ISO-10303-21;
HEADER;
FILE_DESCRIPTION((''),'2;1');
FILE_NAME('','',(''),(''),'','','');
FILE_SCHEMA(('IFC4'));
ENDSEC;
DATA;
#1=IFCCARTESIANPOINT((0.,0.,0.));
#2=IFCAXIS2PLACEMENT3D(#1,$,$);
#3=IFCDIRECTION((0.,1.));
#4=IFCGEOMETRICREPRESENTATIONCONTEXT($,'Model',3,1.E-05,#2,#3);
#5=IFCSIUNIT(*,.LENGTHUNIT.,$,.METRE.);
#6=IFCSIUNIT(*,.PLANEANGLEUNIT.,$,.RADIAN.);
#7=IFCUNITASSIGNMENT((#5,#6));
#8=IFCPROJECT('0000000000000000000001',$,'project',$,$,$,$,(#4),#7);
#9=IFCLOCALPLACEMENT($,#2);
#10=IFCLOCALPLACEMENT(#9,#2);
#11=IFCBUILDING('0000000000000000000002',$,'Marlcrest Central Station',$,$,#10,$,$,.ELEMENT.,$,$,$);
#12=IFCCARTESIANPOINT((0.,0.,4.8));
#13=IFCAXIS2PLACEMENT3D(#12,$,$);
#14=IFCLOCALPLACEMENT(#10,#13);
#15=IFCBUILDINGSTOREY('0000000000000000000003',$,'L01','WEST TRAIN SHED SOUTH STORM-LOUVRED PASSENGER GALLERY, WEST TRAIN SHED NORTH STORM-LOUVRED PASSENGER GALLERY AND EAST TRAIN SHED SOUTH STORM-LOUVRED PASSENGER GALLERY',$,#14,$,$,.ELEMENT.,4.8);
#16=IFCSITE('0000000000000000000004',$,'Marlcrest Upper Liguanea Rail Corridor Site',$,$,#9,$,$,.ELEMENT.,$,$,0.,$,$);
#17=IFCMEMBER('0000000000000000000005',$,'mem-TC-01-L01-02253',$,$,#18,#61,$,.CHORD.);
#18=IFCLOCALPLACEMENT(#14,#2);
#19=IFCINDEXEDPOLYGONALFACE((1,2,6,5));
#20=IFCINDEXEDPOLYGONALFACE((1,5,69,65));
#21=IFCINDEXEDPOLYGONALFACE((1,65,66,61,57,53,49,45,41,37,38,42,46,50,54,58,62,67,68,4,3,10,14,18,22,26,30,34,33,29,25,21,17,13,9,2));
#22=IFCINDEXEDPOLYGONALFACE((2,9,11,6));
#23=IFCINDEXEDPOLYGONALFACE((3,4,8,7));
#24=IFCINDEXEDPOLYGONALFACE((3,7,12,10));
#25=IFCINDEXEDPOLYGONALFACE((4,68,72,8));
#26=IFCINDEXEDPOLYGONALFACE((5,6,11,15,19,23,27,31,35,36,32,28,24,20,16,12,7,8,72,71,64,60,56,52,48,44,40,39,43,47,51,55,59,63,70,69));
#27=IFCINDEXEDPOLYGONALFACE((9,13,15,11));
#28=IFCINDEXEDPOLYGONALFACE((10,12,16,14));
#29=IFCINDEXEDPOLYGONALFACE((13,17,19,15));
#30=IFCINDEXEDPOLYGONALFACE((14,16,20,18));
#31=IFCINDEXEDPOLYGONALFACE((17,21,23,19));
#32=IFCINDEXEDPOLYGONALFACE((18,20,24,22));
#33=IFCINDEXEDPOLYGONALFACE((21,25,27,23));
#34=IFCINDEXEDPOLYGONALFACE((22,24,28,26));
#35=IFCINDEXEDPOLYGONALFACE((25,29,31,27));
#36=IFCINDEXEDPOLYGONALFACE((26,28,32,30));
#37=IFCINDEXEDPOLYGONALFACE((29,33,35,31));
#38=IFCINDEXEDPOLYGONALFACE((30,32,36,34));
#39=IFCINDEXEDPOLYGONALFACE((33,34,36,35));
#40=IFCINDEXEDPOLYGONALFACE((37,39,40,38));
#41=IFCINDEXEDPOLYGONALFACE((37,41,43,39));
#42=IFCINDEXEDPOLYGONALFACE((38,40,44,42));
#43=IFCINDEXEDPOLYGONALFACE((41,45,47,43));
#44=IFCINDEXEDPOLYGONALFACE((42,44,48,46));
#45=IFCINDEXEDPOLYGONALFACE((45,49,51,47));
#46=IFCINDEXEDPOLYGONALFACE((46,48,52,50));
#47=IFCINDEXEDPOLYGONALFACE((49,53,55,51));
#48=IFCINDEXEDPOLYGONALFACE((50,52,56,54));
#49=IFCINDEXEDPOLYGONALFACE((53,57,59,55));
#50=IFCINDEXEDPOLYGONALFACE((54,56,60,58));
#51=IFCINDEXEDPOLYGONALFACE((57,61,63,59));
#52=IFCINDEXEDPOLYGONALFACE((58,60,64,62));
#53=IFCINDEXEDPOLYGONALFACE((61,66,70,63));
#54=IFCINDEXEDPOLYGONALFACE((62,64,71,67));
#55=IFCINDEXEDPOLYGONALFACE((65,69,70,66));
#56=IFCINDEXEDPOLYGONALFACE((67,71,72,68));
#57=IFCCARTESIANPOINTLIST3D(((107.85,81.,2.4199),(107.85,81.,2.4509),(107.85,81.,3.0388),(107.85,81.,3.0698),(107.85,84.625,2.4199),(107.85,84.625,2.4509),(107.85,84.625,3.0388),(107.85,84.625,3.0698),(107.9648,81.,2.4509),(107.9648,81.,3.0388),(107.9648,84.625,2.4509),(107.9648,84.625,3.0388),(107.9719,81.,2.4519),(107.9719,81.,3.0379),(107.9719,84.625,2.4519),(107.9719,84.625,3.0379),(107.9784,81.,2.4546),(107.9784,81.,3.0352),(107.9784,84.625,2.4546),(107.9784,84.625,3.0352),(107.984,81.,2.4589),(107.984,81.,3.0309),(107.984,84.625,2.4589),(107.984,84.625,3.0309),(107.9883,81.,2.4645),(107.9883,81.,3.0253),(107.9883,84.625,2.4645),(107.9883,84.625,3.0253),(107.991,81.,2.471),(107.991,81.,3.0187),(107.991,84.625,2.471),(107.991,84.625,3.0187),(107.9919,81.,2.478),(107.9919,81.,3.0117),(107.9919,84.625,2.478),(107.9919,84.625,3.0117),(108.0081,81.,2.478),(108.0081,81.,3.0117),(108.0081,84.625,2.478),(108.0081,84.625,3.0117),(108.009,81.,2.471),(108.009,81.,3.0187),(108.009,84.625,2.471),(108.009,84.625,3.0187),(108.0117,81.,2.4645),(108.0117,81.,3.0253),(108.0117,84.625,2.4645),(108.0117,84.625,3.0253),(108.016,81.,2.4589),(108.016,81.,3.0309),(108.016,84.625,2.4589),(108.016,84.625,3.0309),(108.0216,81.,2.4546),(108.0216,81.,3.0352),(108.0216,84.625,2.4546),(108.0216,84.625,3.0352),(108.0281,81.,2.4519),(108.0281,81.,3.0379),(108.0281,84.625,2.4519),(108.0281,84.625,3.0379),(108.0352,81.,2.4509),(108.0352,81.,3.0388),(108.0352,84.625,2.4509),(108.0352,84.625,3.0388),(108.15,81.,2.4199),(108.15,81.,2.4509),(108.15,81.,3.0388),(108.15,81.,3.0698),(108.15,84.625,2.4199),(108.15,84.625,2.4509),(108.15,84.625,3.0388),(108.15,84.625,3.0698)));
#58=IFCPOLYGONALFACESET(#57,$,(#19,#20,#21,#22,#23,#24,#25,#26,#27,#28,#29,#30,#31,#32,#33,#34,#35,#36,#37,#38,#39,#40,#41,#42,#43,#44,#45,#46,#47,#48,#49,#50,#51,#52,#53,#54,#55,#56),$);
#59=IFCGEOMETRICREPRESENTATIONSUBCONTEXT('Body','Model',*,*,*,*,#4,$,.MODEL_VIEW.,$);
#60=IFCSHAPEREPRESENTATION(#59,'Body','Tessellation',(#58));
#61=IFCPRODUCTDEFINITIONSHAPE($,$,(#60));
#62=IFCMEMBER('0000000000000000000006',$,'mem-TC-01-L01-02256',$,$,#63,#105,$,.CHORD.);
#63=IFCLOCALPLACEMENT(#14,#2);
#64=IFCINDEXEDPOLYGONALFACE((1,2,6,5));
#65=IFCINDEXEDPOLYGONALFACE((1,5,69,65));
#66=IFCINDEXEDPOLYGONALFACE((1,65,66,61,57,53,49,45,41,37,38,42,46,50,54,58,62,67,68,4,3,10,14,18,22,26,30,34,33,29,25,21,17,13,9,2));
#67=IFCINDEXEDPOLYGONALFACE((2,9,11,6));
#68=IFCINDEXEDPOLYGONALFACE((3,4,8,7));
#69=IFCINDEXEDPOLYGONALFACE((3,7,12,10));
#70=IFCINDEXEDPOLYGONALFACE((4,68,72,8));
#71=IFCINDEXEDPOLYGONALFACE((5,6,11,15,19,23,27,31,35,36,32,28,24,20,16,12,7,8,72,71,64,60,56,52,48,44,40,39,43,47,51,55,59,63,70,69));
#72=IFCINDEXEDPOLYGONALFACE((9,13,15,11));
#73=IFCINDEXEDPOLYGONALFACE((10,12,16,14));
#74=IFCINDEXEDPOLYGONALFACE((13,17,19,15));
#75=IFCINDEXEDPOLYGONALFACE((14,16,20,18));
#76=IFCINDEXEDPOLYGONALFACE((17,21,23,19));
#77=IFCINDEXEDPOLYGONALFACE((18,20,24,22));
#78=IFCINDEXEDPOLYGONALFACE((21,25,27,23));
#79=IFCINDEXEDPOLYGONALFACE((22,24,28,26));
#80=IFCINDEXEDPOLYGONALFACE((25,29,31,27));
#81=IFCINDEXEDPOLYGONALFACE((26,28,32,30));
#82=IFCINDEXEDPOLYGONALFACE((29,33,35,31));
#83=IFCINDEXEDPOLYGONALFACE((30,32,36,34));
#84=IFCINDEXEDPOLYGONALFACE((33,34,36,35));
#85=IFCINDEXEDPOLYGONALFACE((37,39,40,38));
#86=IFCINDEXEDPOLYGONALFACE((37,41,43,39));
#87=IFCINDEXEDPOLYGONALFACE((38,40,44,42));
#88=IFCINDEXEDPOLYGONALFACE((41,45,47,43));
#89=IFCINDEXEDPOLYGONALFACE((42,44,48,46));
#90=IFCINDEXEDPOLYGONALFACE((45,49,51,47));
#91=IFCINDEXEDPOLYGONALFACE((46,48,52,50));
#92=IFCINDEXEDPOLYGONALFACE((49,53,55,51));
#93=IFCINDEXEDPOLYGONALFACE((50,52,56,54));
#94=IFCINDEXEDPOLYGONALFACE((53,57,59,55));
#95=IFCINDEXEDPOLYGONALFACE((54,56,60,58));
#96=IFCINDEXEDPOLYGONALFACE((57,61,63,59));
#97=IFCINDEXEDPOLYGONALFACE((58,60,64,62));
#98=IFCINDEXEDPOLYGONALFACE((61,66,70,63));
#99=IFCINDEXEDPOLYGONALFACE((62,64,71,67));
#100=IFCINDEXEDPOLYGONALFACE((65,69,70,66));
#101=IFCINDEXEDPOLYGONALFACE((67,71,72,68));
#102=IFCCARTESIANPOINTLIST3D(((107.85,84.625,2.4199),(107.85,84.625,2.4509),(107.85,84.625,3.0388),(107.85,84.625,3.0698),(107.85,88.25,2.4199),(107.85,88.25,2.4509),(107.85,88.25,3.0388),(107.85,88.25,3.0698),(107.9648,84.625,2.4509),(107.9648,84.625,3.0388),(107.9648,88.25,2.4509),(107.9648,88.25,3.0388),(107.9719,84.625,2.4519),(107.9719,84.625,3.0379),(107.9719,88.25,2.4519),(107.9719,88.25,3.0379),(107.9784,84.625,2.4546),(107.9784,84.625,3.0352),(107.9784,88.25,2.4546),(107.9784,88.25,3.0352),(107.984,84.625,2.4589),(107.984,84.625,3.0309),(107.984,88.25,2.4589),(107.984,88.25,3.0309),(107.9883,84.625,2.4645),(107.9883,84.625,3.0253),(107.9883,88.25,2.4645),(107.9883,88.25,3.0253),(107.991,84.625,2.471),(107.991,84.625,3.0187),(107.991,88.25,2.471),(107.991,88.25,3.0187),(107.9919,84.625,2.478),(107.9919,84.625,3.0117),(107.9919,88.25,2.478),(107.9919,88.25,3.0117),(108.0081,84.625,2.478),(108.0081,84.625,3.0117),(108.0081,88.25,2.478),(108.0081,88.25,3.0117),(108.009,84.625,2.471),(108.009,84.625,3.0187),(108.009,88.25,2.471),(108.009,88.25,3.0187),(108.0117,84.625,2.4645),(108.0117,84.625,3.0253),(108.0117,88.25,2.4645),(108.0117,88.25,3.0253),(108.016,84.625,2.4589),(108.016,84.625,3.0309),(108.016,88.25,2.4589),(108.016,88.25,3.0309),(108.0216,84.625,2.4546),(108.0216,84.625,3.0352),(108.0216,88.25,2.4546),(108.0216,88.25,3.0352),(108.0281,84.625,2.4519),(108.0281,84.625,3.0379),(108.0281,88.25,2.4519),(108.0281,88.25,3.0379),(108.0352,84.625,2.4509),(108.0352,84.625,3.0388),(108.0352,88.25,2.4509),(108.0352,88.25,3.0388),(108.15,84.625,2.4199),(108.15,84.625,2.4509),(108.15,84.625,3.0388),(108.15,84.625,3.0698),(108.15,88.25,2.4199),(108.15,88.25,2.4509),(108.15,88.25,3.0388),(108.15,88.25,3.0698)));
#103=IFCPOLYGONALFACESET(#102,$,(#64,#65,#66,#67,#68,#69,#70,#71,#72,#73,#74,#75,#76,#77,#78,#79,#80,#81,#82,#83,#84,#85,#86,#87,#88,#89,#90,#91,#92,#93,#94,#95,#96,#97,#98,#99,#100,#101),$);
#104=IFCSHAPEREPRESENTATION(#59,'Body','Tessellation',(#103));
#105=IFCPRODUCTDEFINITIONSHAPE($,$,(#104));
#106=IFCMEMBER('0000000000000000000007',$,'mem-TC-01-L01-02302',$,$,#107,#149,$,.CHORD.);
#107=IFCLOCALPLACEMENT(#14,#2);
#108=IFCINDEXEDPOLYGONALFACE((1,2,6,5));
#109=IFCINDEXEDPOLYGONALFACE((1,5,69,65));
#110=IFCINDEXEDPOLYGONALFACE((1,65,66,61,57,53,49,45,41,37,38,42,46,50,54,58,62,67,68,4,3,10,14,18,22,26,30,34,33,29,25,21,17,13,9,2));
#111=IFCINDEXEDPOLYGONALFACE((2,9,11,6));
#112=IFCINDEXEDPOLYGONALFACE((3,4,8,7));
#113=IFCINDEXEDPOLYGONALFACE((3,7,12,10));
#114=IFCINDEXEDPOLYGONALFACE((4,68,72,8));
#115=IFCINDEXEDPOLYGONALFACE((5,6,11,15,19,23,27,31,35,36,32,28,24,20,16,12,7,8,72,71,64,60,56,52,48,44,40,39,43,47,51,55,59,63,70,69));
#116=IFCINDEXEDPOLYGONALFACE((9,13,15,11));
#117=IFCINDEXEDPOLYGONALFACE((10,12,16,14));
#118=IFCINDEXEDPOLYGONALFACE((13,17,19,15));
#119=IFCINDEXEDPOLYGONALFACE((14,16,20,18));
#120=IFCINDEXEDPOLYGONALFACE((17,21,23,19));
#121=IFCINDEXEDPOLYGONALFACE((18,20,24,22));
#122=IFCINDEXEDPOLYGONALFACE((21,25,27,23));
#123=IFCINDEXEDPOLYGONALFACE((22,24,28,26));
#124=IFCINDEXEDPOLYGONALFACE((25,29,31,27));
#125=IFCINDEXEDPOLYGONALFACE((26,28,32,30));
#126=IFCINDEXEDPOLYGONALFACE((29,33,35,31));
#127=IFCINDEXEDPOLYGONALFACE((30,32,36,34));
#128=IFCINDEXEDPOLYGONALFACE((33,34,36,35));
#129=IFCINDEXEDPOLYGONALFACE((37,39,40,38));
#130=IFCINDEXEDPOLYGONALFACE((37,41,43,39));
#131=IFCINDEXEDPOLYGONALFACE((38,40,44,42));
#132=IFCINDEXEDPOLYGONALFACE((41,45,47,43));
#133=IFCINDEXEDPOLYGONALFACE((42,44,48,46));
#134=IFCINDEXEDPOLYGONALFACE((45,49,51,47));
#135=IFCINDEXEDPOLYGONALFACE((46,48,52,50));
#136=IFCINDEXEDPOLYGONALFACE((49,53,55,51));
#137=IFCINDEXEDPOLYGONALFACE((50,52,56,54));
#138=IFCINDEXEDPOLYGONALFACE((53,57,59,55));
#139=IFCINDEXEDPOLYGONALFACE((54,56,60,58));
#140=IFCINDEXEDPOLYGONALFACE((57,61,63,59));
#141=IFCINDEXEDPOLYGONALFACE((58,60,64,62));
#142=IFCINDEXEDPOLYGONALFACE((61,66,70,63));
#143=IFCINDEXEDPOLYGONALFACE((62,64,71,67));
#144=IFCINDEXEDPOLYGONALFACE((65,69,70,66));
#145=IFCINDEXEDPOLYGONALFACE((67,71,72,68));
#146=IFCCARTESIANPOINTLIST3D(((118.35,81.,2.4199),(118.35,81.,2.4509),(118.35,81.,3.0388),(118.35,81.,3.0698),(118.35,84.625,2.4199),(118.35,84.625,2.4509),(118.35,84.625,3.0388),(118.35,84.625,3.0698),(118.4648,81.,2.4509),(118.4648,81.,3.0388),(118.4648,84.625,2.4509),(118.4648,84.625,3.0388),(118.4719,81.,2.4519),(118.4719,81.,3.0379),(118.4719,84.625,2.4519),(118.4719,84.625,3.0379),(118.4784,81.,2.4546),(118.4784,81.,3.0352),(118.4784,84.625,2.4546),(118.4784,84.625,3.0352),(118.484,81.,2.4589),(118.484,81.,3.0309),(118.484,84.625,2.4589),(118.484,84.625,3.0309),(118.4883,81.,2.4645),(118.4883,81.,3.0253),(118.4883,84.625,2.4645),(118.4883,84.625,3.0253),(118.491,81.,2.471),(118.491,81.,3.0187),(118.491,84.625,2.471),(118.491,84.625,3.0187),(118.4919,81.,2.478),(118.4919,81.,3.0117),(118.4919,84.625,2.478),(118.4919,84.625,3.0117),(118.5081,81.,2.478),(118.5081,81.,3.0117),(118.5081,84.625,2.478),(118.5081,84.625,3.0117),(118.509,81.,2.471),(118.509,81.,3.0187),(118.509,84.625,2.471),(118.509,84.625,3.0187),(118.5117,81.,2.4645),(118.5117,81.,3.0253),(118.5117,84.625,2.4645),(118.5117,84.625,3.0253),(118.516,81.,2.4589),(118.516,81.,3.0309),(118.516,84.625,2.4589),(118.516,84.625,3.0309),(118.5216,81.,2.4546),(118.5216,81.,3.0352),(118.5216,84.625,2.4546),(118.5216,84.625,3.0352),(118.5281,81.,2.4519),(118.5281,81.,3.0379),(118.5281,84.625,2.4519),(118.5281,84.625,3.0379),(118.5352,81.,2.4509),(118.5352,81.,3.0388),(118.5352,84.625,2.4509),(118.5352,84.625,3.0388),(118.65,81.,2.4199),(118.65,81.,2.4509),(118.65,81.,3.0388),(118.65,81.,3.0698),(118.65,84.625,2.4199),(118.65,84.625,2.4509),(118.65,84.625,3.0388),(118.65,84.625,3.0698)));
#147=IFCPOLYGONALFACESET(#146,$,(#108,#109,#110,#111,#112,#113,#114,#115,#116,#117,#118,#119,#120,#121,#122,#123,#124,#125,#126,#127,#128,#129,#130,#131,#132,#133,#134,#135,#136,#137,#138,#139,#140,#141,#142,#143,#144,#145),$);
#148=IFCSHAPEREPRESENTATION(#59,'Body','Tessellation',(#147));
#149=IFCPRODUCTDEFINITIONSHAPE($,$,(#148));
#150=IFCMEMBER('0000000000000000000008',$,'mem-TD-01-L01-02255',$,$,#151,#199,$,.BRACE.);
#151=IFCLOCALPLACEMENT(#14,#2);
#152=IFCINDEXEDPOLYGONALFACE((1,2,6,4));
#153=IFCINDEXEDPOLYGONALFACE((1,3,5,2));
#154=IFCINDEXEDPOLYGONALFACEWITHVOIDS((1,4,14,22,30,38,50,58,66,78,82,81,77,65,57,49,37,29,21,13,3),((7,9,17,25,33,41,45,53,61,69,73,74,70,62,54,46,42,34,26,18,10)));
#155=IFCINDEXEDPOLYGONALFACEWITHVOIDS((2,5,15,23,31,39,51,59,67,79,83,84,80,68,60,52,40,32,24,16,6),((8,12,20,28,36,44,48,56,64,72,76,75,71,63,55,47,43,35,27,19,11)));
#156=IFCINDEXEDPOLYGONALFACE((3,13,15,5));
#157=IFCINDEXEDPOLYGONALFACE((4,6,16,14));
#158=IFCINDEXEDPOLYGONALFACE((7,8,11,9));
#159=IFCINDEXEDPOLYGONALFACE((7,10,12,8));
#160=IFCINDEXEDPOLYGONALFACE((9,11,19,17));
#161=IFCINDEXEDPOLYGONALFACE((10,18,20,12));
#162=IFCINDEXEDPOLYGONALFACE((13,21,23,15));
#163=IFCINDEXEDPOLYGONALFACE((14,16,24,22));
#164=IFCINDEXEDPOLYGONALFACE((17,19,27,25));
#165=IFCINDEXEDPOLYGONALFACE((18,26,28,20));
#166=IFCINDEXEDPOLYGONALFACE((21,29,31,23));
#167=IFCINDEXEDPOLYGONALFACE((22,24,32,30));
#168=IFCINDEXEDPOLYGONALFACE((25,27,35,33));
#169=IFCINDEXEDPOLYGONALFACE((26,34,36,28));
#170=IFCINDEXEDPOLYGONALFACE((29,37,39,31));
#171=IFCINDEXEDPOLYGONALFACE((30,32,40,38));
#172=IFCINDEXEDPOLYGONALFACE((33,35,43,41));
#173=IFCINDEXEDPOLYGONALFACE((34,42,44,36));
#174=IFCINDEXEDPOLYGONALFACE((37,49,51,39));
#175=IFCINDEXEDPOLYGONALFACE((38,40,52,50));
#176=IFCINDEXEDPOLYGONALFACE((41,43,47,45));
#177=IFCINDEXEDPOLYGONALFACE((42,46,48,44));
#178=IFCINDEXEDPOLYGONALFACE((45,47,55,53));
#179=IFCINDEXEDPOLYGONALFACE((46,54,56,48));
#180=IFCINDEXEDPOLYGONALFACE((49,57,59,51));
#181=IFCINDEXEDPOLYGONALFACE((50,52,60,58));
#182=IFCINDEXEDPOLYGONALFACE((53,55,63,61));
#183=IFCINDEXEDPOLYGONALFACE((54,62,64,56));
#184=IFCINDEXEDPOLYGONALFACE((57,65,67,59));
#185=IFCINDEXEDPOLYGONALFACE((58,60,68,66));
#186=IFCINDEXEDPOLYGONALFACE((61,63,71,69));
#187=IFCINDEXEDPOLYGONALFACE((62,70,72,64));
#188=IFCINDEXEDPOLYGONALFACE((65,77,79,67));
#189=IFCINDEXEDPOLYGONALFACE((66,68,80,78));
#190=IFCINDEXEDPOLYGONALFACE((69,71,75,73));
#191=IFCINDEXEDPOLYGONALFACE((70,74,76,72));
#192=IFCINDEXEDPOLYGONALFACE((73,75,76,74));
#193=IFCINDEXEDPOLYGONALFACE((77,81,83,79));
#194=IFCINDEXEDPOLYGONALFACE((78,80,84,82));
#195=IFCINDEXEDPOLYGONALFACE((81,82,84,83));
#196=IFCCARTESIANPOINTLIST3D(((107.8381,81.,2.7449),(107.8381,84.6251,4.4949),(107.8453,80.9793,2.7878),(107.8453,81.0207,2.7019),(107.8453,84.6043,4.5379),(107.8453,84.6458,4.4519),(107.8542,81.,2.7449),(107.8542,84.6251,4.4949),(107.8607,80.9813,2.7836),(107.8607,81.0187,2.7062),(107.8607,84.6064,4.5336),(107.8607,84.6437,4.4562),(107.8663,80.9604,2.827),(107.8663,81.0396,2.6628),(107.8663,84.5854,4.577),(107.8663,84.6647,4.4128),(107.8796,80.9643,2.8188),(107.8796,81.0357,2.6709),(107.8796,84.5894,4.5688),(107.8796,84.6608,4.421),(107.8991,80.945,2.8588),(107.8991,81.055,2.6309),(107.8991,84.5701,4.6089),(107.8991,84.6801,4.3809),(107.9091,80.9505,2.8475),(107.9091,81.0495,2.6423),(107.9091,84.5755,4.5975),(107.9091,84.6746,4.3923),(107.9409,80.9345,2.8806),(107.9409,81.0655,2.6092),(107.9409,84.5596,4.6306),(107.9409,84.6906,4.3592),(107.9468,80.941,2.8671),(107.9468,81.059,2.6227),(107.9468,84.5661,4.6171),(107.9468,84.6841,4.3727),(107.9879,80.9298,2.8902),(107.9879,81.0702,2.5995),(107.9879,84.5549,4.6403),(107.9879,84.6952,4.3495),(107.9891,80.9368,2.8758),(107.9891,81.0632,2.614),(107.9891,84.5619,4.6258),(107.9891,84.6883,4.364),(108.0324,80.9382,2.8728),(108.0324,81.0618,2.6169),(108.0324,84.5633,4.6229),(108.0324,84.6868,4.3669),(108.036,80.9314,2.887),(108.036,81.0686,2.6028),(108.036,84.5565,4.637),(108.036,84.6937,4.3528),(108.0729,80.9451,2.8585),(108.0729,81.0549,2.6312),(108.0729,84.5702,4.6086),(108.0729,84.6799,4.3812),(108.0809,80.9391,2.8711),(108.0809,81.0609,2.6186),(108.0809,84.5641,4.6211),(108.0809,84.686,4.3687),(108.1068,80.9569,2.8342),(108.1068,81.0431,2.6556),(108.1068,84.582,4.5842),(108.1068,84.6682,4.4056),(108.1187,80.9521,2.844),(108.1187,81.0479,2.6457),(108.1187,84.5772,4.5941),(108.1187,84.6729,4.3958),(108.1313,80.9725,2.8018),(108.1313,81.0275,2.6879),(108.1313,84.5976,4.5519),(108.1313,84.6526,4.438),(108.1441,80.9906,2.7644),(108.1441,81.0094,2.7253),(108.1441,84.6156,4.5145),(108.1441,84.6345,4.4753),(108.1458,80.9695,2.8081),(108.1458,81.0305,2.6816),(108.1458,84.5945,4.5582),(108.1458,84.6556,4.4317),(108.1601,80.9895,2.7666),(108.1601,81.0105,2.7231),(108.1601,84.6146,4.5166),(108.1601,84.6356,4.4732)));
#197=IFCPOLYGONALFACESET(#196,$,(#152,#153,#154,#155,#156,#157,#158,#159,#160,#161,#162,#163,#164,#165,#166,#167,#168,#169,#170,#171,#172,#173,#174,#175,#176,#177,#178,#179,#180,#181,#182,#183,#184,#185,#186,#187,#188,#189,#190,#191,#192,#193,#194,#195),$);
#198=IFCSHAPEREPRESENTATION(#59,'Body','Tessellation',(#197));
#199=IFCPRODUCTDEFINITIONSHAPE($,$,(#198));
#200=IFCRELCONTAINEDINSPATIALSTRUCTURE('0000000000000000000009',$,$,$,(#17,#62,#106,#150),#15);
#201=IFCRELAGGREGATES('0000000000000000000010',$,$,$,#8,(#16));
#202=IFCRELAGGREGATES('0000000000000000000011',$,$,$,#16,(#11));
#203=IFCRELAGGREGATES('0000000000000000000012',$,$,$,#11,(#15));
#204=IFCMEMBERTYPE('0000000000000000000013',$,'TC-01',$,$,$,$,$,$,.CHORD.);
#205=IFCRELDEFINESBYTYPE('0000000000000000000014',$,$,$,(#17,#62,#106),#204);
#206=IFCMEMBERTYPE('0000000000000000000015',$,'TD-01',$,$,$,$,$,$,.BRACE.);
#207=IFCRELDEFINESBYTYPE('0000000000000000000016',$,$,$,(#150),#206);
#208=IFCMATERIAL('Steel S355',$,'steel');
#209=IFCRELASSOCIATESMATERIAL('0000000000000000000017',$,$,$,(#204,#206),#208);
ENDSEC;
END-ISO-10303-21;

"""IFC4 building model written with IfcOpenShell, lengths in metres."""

from ifc_helpers import new_model, si_unit, direction, frame, origin, origin_2d, place, context, subcontext, project, spatial, hollow_circle, i_section, extrude, material, material_profile, profile_set, type_object, element, save


model = new_model("IFC4")

# Units and contexts
model_context = context("Model", 3, precision=1e-05, world=origin(), true_north=direction((0.0, 1.0)))
body_context = subcontext(model_context, "Body", "Model", "MODEL_VIEW")
ifc_project = project(units=[si_unit("LENGTHUNIT", "METRE"), si_unit("PLANEANGLEUNIT", "RADIAN")], contexts=[model_context])

# Site, building, storey
site_placement = place(None, origin())
site = spatial("IfcSite", under=ifc_project, at=site_placement, Name="Marlcrest Upper Liguanea Rail Corridor Site", CompositionType="ELEMENT", RefElevation=0.0)
building_placement = place(site_placement, origin())
building = spatial("IfcBuilding", under=site, at=building_placement, Name="Marlcrest Central Station", CompositionType="ELEMENT")
storey_placement = place(building_placement, frame((0.0, 0.0, 4.8)))
storey = spatial("IfcBuildingStorey", under=building, at=storey_placement, Name="L01", Description="WEST TRAIN SHED SOUTH STORM-LOUVRED PASSENGER GALLERY, WEST TRAIN SHED NORTH STORM-LOUVRED PASSENGER GALLERY AND EAST TRAIN SHED SOUTH STORM-LOUVRED PASSENGER GALLERY", CompositionType="ELEMENT", Elevation=4.8)

# Shared definitions
ifc_material = material(Name="Steel S355", Category="steel")

# Members
ifc_material_profile_1 = material_profile(ifc_material, i_section(OverallWidth=0.3, OverallDepth=0.6499, WebThickness=0.0161, FlangeThickness=0.031, FilletRadius=0.0271, at=origin_2d()), Name="HEB 650")
ifc_profile_set_1 = profile_set([ifc_material_profile_1], Name="Steel S355")
member_type_1 = type_object("IfcMemberType", Name="TC-01", PredefinedType="CHORD", material=ifc_profile_set_1)
for number, where, z_axis, x_axis, name in (
    (1, (108.0, 81.0, 2.7449), (0.0, 1.0, 0.0), (-1.0, 0.0, 0.0), "mem-TC-01-L01-02253"),
    (2, (108.0, 84.625, 2.7449), (0.0, 1.0, 0.0), (-1.0, 0.0, 0.0), "mem-TC-01-L01-02256"),
    (3, (118.5, 81.0, 2.7449), (0.0, 1.0, 0.0), (-1.0, 0.0, 0.0), "mem-TC-01-L01-02302"),
):
    element("IfcMember", number, at=place(storey_placement, frame(where, z_axis=z_axis, x_axis=x_axis)), inside=storey, type_object=member_type_1, Name=name, PredefinedType="CHORD", context=body_context, shape_type="SweptSolid", body=[
        extrude(i_section(OverallWidth=0.3, OverallDepth=0.6499, WebThickness=0.0161, FlangeThickness=0.031, FilletRadius=0.0271, at=origin_2d()), origin(), (0.0, 0.0, 1.0), 3.625),
    ])
ifc_material_profile_2 = material_profile(ifc_material, hollow_circle(Radius=0.1619, WallThickness=0.0161, at=origin_2d()), Name="CHS 323.9x16")
ifc_profile_set_2 = profile_set([ifc_material_profile_2], Name="Steel S355")
member_type_2 = type_object("IfcMemberType", Name="TD-01", PredefinedType="BRACE", material=ifc_profile_set_2)
for number, where, z_axis, x_axis, name in (
    (4, (108.0, 81.0, 2.7449), (0.0, 0.900552, 0.434749), (-1.0, 0.0, 0.0), "mem-TD-01-L01-02255"),
):
    element("IfcMember", number, at=place(storey_placement, frame(where, z_axis=z_axis, x_axis=x_axis)), inside=storey, type_object=member_type_2, Name=name, PredefinedType="BRACE", context=body_context, shape_type="SweptSolid", body=[
        extrude(hollow_circle(Radius=0.1619, WallThickness=0.0161, at=origin_2d()), origin(), (0.0, 0.0, 1.0), 4.0254),
    ])

save(model, "model.ifc")
